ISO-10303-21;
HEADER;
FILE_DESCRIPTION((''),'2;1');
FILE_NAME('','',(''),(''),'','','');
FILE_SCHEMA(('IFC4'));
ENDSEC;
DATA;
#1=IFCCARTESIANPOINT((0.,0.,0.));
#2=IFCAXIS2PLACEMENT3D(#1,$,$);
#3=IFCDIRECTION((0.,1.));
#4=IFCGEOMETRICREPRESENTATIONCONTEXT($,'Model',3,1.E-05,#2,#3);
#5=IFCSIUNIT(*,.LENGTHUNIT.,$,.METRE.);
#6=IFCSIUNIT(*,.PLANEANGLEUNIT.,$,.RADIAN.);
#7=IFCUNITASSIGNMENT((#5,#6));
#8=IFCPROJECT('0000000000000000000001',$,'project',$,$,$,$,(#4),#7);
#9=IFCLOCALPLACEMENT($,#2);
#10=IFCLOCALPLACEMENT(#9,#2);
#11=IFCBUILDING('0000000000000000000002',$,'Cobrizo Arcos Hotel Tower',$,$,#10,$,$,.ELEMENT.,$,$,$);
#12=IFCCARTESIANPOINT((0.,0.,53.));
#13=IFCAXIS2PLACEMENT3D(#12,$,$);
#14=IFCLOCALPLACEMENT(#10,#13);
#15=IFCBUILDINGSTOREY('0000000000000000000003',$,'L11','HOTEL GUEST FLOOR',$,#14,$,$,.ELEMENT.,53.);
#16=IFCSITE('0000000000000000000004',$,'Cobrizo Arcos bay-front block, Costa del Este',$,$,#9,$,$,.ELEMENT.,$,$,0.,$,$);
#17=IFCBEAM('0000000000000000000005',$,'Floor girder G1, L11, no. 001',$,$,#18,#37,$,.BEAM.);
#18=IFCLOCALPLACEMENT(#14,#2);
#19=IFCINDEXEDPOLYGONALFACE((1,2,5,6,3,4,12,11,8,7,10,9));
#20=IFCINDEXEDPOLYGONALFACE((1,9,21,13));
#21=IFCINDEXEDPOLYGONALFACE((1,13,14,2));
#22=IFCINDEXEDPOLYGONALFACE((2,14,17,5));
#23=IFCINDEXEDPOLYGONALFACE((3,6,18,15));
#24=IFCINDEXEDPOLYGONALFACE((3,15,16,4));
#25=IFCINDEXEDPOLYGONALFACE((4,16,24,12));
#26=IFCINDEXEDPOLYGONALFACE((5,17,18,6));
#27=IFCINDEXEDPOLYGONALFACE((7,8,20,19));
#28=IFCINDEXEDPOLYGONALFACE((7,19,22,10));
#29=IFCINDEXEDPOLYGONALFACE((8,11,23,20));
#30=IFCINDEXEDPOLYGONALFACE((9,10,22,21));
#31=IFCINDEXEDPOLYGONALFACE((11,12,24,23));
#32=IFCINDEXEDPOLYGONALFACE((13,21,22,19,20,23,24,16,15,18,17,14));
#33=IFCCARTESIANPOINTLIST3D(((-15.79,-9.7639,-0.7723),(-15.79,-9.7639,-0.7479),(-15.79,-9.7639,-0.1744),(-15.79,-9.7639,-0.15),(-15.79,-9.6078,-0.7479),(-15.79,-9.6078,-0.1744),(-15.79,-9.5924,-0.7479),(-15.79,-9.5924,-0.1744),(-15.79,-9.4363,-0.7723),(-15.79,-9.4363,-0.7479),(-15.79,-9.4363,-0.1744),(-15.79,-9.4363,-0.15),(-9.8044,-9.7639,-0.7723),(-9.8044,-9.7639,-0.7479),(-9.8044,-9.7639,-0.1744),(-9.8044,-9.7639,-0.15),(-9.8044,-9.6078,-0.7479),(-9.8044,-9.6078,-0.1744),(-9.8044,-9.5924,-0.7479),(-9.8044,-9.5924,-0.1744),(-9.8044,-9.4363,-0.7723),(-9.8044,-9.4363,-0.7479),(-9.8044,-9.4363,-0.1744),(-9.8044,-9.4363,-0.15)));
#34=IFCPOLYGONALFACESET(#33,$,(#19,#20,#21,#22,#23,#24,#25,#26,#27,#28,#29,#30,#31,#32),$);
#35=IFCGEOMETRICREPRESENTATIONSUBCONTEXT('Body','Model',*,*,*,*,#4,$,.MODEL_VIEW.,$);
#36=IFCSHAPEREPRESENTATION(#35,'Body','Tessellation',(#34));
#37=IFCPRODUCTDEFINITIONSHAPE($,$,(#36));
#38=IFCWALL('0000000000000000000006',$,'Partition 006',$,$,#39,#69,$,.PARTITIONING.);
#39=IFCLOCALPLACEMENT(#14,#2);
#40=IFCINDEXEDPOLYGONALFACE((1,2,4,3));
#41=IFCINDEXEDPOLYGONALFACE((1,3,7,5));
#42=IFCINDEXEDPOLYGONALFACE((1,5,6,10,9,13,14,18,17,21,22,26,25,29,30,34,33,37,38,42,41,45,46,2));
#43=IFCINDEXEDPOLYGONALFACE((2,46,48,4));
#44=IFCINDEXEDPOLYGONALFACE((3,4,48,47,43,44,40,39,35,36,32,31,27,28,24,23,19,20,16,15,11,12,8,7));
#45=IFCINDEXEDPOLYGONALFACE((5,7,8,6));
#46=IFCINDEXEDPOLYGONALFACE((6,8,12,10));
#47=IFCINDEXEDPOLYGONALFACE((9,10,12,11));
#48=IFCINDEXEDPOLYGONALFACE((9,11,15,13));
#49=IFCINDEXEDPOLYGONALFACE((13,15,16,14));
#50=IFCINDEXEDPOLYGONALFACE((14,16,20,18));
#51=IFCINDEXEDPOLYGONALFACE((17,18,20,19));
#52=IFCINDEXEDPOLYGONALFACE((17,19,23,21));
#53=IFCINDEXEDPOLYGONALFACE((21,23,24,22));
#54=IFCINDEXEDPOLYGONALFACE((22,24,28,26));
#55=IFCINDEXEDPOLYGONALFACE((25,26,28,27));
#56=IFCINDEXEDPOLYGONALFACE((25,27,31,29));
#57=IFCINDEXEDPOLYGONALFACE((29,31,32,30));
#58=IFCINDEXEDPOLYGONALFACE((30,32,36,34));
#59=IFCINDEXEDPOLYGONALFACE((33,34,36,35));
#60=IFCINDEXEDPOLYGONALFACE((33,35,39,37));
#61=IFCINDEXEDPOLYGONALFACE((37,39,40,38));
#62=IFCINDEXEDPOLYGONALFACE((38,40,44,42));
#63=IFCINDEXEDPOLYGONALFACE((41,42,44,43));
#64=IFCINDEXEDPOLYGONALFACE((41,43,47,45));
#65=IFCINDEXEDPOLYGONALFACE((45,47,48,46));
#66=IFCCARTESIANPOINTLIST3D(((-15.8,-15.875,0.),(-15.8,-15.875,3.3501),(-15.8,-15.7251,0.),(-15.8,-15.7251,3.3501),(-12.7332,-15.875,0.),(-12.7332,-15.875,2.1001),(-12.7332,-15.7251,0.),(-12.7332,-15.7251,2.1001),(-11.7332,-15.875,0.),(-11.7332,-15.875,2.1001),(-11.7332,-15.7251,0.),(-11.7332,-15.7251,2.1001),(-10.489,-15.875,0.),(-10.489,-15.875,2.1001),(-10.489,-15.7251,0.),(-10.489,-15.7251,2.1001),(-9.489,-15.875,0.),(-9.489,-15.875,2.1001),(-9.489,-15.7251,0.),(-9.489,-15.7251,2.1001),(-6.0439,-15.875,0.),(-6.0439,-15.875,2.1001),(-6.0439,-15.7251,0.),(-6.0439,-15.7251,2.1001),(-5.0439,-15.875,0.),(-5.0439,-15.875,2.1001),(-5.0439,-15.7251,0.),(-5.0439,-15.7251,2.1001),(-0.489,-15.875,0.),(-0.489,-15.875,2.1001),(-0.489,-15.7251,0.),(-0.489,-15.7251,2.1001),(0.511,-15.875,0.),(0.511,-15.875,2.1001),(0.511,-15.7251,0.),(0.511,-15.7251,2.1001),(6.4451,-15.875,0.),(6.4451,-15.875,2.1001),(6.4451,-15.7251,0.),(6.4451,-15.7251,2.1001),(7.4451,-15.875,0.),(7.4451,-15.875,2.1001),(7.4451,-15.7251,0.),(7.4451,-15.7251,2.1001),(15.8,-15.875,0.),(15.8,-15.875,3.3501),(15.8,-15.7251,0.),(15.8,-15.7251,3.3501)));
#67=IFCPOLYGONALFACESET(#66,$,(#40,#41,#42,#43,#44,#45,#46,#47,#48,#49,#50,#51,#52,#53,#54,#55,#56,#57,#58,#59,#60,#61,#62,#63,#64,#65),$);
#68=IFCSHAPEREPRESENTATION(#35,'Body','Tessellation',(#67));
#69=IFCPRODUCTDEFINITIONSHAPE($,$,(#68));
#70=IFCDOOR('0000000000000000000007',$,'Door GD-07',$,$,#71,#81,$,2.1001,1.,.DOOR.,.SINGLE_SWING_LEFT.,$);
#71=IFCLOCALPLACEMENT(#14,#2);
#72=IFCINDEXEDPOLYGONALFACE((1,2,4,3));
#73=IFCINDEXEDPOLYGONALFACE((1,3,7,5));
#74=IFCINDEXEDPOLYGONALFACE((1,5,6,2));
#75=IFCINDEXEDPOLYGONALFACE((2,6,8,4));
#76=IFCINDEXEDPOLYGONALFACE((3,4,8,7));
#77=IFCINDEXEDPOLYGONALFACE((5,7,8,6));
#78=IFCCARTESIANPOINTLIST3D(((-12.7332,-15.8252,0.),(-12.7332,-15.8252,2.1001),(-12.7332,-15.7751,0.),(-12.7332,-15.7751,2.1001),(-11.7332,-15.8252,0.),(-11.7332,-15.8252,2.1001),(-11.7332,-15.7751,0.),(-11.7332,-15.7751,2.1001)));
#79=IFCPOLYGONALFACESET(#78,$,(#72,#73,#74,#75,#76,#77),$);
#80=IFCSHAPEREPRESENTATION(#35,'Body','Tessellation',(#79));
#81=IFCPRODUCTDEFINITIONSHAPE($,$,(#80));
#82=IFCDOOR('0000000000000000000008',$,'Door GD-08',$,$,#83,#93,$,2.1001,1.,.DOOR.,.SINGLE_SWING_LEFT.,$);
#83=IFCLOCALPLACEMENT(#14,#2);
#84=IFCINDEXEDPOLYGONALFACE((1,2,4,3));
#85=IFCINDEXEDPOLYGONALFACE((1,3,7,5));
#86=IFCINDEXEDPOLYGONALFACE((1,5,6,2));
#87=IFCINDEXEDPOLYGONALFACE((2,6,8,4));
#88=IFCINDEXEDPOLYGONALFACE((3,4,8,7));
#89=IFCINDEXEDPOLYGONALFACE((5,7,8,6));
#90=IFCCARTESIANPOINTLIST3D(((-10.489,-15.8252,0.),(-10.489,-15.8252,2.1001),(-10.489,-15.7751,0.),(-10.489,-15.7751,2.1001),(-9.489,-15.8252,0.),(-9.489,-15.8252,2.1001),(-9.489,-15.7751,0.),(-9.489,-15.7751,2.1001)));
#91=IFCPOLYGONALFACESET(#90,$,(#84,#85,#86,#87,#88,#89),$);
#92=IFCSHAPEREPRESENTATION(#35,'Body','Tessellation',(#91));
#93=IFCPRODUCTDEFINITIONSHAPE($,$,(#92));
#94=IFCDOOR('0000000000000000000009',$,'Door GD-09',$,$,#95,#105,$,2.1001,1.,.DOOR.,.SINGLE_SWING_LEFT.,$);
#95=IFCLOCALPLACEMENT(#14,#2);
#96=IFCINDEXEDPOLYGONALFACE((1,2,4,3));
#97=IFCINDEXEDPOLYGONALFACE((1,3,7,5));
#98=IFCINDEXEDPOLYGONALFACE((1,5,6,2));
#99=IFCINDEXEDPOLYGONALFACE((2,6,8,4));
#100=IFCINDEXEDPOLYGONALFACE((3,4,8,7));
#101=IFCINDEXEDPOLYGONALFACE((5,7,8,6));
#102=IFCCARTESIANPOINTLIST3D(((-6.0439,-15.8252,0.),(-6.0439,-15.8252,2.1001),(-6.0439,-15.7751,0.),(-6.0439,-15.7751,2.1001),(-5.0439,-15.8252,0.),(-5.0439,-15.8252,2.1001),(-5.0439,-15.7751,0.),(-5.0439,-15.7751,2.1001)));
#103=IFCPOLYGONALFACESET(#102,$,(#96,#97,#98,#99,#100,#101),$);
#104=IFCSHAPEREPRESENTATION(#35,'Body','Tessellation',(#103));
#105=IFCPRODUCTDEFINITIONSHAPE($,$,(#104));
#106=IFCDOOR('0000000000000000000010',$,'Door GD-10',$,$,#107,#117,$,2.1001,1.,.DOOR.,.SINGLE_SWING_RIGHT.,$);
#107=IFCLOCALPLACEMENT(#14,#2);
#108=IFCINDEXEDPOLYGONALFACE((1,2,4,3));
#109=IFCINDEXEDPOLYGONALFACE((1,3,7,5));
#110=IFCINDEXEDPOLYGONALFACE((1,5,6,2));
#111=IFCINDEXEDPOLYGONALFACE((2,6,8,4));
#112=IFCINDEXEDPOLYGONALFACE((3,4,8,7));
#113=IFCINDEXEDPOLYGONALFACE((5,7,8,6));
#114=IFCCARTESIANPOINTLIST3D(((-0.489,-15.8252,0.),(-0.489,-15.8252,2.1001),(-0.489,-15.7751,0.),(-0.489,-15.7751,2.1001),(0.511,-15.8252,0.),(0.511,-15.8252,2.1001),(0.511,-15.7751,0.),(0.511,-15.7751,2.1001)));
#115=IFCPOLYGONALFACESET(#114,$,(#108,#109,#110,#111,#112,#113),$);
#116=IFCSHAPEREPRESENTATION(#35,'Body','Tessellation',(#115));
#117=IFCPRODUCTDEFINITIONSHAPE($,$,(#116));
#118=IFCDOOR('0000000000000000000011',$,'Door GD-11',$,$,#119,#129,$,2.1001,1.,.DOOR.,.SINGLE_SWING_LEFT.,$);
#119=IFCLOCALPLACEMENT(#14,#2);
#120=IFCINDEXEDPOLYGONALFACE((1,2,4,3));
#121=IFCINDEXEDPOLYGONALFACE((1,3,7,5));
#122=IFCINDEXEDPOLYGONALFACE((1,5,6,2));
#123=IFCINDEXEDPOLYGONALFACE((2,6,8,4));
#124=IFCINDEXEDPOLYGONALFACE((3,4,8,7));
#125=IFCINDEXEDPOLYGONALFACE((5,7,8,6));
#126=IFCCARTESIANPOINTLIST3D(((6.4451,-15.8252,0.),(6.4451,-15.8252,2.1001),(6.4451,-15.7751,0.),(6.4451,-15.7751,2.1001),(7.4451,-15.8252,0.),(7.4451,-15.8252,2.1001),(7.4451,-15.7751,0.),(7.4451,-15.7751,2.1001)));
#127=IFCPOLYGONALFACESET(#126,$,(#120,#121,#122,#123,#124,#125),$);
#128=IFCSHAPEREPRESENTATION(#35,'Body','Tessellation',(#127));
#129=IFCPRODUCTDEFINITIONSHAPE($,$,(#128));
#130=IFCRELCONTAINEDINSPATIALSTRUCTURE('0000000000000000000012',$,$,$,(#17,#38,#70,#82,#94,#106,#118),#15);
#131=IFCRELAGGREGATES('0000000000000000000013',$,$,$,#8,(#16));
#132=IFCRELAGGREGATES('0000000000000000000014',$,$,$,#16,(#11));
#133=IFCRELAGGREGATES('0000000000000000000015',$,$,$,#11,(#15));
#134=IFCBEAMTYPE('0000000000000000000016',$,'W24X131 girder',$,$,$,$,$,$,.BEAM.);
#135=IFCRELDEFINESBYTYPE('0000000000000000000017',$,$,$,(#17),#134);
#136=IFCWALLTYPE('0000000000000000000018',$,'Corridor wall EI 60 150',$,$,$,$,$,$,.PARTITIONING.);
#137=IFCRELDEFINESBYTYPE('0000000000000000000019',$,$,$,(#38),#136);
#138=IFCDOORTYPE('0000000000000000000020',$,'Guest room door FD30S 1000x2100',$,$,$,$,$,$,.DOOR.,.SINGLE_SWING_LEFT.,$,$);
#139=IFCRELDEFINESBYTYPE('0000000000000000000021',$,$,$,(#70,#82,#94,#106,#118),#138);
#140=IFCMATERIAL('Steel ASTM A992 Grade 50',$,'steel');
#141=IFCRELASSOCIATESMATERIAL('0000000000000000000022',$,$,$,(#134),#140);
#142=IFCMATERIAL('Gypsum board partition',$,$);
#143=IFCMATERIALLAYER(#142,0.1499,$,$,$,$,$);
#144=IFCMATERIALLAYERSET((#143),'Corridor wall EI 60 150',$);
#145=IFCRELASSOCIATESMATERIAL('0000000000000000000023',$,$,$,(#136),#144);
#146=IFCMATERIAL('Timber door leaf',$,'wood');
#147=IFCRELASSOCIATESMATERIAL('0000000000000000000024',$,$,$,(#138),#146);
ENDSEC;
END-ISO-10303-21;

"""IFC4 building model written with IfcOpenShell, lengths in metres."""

from ifc_helpers import new_model, si_unit, direction, frame, frame_2d, origin, origin_2d, place, context, subcontext, project, spatial, rectangle, i_section, extrude, material, layer, layer_set, material_profile, profile_set, type_object, element, fill, save


model = new_model("IFC4")

# Units and contexts
model_context = context("Model", 3, precision=1e-05, world=origin(), true_north=direction((0.0, 1.0)))
body_context = subcontext(model_context, "Body", "Model", "MODEL_VIEW")
ifc_project = project(units=[si_unit("LENGTHUNIT", "METRE"), si_unit("PLANEANGLEUNIT", "RADIAN")], contexts=[model_context])

# Site, building, storey
site_placement = place(None, origin())
site = spatial("IfcSite", under=ifc_project, at=site_placement, Name="Cobrizo Arcos bay-front block, Costa del Este", CompositionType="ELEMENT", RefElevation=0.0)
building_placement = place(site_placement, origin())
building = spatial("IfcBuilding", under=site, at=building_placement, Name="Cobrizo Arcos Hotel Tower", CompositionType="ELEMENT")
storey_placement = place(building_placement, frame((0.0, 0.0, 53.0)))
storey = spatial("IfcBuildingStorey", under=building, at=storey_placement, Name="L11", Description="HOTEL GUEST FLOOR", CompositionType="ELEMENT", Elevation=53.0)

# Beam
ifc_material_1 = material(Name="Steel ASTM A992 Grade 50", Category="steel")
ifc_material_profile = material_profile(ifc_material_1, i_section(OverallWidth=0.3276, OverallDepth=0.6223, WebThickness=0.0154, FlangeThickness=0.0244, at=origin_2d()), Name="W24X131")
ifc_profile_set = profile_set([ifc_material_profile], Name="Steel ASTM A992 Grade 50")
beam_type = type_object("IfcBeamType", Name="W24X131 girder", PredefinedType="BEAM", material=ifc_profile_set)
beam_placement = place(storey_placement, frame((-15.79, -9.6001, -0.4612), z_axis=(1.0, 0.0, 0.0), x_axis=(0.0, 1.0, 0.0)))
element("IfcBeam", 1, at=beam_placement, inside=storey, type_object=beam_type, Name="Floor girder G1, L11, no. 001", PredefinedType="BEAM", context=body_context, shape_type="SweptSolid", body=[
    extrude(i_section(OverallWidth=0.3276, OverallDepth=0.6223, WebThickness=0.0154, FlangeThickness=0.0244, at=origin_2d()), origin(), (0.0, 0.0, 1.0), 5.9856),
])

# Wall, openings, doors
ifc_material_2 = material(Name="Gypsum board partition")
ifc_layer_1 = layer(ifc_material_2, 0.1499)
ifc_layer_set_1 = layer_set([ifc_layer_1], Name="Corridor wall EI 60 150")
wall_type_1 = type_object("IfcWallType", Name="Corridor wall EI 60 150", PredefinedType="PARTITIONING", material=ifc_layer_set_1)
wall_1_placement = place(storey_placement, frame((-15.8, -15.8, 0.0), z_axis=(0.0, 0.0, 1.0), x_axis=(1.0, 0.0, 0.0)))
wall_1 = element("IfcWall", 2, at=wall_1_placement, inside=storey, type_object=wall_type_1, Name="Partition 006", PredefinedType="PARTITIONING", context=body_context, shape_type="SweptSolid", body=[
    extrude(rectangle(XDim=31.6001, YDim=0.1499, at=frame_2d((15.8, 0.0))), origin(), (0.0, 0.0, 1.0), 3.3501),
])
opening_1_placement = place(wall_1_placement, frame((3.0669, 0.0, 0.0)))
opening_1 = element("IfcOpeningElement", 3, at=opening_1_placement, cuts=wall_1, PredefinedType="OPENING", context=body_context, shape_type="SweptSolid", body=[
    extrude(rectangle(XDim=1.0, YDim=2.1001, at=frame_2d((0.5, 1.05))), frame((0.0, 0.0869, 0.0), z_axis=(0.0, -1.0, 0.0), x_axis=(1.0, 0.0, 0.0)), (0.0, 0.0, 1.0), 0.1738),
])
opening_2_placement = place(wall_1_placement, frame((5.311, 0.0, 0.0)))
opening_2 = element("IfcOpeningElement", 4, at=opening_2_placement, cuts=wall_1, PredefinedType="OPENING", context=body_context, shape_type="SweptSolid", body=[
    extrude(rectangle(XDim=1.0, YDim=2.1001, at=frame_2d((0.5, 1.05))), frame((0.0, 0.0869, 0.0), z_axis=(0.0, -1.0, 0.0), x_axis=(1.0, 0.0, 0.0)), (0.0, 0.0, 1.0), 0.1738),
])
opening_3_placement = place(wall_1_placement, frame((9.7561, 0.0, 0.0)))
opening_3 = element("IfcOpeningElement", 5, at=opening_3_placement, cuts=wall_1, PredefinedType="OPENING", context=body_context, shape_type="SweptSolid", body=[
    extrude(rectangle(XDim=1.0, YDim=2.1001, at=frame_2d((0.5, 1.05))), frame((0.0, 0.0869, 0.0), z_axis=(0.0, -1.0, 0.0), x_axis=(1.0, 0.0, 0.0)), (0.0, 0.0, 1.0), 0.1738),
])
opening_4_placement = place(wall_1_placement, frame((15.311, 0.0, 0.0)))
opening_4 = element("IfcOpeningElement", 6, at=opening_4_placement, cuts=wall_1, PredefinedType="OPENING", context=body_context, shape_type="SweptSolid", body=[
    extrude(rectangle(XDim=1.0, YDim=2.1001, at=frame_2d((0.5, 1.05))), frame((0.0, 0.0869, 0.0), z_axis=(0.0, -1.0, 0.0), x_axis=(1.0, 0.0, 0.0)), (0.0, 0.0, 1.0), 0.1738),
])
opening_5_placement = place(wall_1_placement, frame((22.2451, 0.0, 0.0)))
opening_5 = element("IfcOpeningElement", 7, at=opening_5_placement, cuts=wall_1, PredefinedType="OPENING", context=body_context, shape_type="SweptSolid", body=[
    extrude(rectangle(XDim=1.0, YDim=2.1001, at=frame_2d((0.5, 1.05))), frame((0.0, 0.0869, 0.0), z_axis=(0.0, -1.0, 0.0), x_axis=(1.0, 0.0, 0.0)), (0.0, 0.0, 1.0), 0.1738),
])
ifc_material_3 = material(Name="Timber door leaf", Category="wood")
door_type_1 = type_object("IfcDoorType", Name="Guest room door FD30S 1000x2100", OperationType="SINGLE_SWING_LEFT", PredefinedType="DOOR", material=ifc_material_3)
door_1_placement = place(opening_1_placement, origin())
door_1 = element("IfcDoor", 8, at=door_1_placement, inside=storey, type_object=door_type_1, Name="Door GD-07", OperationType="SINGLE_SWING_LEFT", OverallHeight=2.1001, OverallWidth=1.0, PredefinedType="DOOR", context=body_context, shape_type="SweptSolid", body=[
    extrude(rectangle(XDim=1.0, YDim=2.1001, at=frame_2d((0.5, 1.05))), frame((0.0, 0.0249, 0.0), z_axis=(0.0, -1.0, 0.0), x_axis=(1.0, 0.0, 0.0)), (0.0, 0.0, 1.0), 0.05),
])
fill(opening_1, door_1)
door_2_placement = place(opening_2_placement, origin())
door_2 = element("IfcDoor", 9, at=door_2_placement, inside=storey, type_object=door_type_1, Name="Door GD-08", OperationType="SINGLE_SWING_LEFT", OverallHeight=2.1001, OverallWidth=1.0, PredefinedType="DOOR", context=body_context, shape_type="SweptSolid", body=[
    extrude(rectangle(XDim=1.0, YDim=2.1001, at=frame_2d((0.5, 1.05))), frame((0.0, 0.0249, 0.0), z_axis=(0.0, -1.0, 0.0), x_axis=(1.0, 0.0, 0.0)), (0.0, 0.0, 1.0), 0.05),
])
fill(opening_2, door_2)
door_3_placement = place(opening_3_placement, origin())
door_3 = element("IfcDoor", 10, at=door_3_placement, inside=storey, type_object=door_type_1, Name="Door GD-09", OperationType="SINGLE_SWING_LEFT", OverallHeight=2.1001, OverallWidth=1.0, PredefinedType="DOOR", context=body_context, shape_type="SweptSolid", body=[
    extrude(rectangle(XDim=1.0, YDim=2.1001, at=frame_2d((0.5, 1.05))), frame((0.0, 0.0249, 0.0), z_axis=(0.0, -1.0, 0.0), x_axis=(1.0, 0.0, 0.0)), (0.0, 0.0, 1.0), 0.05),
])
fill(opening_3, door_3)
door_4_placement = place(opening_4_placement, origin())
door_4 = element("IfcDoor", 11, at=door_4_placement, inside=storey, type_object=door_type_1, Name="Door GD-10", OperationType="SINGLE_SWING_RIGHT", OverallHeight=2.1001, OverallWidth=1.0, PredefinedType="DOOR", context=body_context, shape_type="SweptSolid", body=[
    extrude(rectangle(XDim=1.0, YDim=2.1001, at=frame_2d((0.5, 1.05))), frame((0.0, 0.0249, 0.0), z_axis=(0.0, -1.0, 0.0), x_axis=(1.0, 0.0, 0.0)), (0.0, 0.0, 1.0), 0.05),
])
fill(opening_4, door_4)
door_5_placement = place(opening_5_placement, origin())
door_5 = element("IfcDoor", 12, at=door_5_placement, inside=storey, type_object=door_type_1, Name="Door GD-11", OperationType="SINGLE_SWING_LEFT", OverallHeight=2.1001, OverallWidth=1.0, PredefinedType="DOOR", context=body_context, shape_type="SweptSolid", body=[
    extrude(rectangle(XDim=1.0, YDim=2.1001, at=frame_2d((0.5, 1.05))), frame((0.0, 0.0249, 0.0), z_axis=(0.0, -1.0, 0.0), x_axis=(1.0, 0.0, 0.0)), (0.0, 0.0, 1.0), 0.05),
])
fill(opening_5, door_5)

save(model, "model.ifc")
